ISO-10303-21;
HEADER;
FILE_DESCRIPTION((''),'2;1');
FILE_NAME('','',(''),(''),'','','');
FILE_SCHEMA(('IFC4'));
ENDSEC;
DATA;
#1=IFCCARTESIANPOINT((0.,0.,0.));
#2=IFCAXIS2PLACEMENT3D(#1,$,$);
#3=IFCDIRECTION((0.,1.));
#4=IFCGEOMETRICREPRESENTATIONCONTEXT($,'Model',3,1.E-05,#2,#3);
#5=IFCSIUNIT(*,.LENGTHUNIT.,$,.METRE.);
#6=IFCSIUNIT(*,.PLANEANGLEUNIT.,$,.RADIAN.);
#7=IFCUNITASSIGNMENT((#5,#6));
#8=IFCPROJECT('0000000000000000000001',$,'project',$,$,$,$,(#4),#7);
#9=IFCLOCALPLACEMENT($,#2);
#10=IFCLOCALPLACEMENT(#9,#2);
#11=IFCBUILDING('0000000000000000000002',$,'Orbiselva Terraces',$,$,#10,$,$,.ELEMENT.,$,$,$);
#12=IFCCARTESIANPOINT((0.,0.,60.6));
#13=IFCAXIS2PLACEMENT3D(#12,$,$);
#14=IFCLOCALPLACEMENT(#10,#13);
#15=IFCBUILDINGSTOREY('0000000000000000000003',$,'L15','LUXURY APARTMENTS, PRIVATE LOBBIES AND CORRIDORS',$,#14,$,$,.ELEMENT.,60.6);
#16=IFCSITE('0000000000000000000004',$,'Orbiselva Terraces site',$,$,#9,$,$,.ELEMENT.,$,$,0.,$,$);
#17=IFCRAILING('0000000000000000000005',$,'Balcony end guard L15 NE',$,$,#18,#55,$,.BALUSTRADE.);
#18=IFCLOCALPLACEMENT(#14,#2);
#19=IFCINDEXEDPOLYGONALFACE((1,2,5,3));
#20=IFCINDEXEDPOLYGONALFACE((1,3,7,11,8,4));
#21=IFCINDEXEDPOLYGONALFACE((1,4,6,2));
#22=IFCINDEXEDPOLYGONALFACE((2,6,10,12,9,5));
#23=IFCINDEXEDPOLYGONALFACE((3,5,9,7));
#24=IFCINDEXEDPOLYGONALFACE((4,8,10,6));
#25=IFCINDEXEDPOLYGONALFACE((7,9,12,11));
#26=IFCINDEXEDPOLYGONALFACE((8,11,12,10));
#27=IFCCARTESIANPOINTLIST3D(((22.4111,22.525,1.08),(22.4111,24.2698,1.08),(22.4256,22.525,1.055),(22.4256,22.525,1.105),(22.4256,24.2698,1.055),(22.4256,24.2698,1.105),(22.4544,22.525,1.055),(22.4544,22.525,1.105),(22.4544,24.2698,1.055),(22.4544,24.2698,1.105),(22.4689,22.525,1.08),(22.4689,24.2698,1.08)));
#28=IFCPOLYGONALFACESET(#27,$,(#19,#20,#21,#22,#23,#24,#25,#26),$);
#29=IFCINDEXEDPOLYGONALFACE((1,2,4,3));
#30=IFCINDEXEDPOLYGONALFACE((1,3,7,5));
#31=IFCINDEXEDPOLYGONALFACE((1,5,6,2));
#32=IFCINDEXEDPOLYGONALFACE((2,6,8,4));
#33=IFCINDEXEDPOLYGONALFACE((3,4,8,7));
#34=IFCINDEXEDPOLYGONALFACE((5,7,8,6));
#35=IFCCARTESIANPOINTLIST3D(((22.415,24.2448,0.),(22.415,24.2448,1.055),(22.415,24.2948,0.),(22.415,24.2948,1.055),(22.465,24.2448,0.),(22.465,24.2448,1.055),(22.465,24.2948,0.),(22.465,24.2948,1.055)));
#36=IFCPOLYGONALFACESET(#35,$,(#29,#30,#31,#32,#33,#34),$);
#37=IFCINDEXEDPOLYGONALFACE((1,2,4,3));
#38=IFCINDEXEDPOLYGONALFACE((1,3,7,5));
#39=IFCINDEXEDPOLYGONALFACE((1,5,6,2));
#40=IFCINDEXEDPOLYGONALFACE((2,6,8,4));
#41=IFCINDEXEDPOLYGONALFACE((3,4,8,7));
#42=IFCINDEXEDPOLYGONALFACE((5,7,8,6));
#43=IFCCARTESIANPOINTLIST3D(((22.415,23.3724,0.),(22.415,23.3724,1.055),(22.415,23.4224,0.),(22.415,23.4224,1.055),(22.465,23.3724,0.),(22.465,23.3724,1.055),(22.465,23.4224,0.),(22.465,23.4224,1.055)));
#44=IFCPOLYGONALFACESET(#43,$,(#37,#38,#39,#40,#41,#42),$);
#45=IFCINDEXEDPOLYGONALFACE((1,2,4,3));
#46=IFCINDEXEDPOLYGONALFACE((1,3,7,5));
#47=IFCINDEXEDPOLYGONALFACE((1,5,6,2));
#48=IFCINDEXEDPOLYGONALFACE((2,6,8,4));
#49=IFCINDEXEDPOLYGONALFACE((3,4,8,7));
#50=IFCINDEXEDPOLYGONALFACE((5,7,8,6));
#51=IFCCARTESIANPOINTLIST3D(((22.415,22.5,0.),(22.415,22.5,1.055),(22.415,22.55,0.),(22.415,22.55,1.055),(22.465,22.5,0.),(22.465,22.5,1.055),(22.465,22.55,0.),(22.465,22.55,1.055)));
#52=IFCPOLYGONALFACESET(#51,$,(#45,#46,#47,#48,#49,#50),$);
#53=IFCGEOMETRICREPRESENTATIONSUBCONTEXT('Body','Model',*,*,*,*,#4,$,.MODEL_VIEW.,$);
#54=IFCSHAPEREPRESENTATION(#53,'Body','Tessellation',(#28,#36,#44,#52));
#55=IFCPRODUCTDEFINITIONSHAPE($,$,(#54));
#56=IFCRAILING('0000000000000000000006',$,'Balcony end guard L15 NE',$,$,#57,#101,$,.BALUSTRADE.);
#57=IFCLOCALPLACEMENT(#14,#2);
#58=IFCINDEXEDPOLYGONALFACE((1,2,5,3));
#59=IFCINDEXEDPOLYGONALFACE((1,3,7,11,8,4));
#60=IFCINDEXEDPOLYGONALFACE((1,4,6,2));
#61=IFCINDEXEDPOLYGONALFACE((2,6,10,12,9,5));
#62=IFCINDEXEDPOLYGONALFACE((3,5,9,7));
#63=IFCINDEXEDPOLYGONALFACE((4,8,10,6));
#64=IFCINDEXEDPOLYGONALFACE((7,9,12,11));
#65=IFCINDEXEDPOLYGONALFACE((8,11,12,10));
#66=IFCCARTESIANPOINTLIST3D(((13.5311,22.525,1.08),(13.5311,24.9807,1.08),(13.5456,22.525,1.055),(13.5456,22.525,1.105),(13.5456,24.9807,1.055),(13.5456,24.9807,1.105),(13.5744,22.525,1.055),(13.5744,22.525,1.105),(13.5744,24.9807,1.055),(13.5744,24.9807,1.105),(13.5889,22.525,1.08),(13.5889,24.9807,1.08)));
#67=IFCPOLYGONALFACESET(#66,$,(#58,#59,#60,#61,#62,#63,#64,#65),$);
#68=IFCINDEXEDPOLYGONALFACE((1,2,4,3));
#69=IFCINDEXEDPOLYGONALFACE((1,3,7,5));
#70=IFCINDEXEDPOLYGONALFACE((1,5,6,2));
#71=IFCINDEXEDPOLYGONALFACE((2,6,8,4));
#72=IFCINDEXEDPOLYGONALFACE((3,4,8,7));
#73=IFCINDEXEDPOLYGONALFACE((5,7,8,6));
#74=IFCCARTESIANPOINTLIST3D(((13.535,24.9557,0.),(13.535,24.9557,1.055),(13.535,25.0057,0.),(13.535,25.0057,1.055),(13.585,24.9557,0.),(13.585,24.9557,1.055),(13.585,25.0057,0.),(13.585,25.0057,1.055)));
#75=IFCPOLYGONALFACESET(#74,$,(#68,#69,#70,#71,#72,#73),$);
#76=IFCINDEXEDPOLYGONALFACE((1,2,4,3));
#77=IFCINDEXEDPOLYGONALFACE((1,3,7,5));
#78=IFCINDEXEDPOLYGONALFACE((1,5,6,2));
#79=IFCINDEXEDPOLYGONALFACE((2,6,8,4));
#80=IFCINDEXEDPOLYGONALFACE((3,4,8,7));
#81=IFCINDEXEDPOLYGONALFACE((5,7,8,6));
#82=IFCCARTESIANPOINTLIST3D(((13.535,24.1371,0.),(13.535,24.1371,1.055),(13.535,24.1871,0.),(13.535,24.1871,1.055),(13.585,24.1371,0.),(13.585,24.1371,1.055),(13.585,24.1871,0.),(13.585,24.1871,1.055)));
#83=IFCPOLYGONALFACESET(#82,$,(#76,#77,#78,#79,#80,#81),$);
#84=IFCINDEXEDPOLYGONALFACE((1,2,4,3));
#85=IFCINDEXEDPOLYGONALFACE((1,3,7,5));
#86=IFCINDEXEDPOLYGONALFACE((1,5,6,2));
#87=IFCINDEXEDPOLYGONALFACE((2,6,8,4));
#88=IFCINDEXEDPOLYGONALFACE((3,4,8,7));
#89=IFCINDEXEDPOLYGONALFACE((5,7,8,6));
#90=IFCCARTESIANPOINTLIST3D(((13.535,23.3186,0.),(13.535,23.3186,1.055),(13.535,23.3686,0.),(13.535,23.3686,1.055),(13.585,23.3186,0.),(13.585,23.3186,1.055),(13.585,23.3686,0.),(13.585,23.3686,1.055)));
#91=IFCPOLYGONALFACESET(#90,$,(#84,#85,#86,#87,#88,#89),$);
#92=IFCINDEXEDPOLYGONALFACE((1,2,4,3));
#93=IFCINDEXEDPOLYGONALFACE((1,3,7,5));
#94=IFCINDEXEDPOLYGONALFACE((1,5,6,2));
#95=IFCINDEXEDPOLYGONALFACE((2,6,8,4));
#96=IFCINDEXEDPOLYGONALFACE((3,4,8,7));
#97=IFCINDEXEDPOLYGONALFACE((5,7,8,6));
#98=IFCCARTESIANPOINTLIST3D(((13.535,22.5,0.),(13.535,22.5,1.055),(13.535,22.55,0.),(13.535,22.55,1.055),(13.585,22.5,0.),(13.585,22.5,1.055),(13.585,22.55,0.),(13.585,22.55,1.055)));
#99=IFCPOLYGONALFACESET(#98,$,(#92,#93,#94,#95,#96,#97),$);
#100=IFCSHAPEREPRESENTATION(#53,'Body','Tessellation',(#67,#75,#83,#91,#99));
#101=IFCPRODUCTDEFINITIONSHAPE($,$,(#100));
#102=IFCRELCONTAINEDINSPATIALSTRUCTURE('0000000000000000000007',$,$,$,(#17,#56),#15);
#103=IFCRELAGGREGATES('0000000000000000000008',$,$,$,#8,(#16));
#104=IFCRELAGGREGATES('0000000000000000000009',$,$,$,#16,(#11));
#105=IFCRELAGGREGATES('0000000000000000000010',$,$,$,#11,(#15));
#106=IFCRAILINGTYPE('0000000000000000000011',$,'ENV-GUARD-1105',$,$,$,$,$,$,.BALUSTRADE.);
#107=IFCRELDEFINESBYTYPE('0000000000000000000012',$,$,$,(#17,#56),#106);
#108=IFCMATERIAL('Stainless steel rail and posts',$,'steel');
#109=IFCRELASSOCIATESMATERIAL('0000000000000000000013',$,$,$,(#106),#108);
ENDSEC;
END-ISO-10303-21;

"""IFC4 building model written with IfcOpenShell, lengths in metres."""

from ifc_helpers import new_model, si_unit, direction, frame, origin, origin_2d, place, context, subcontext, project, spatial, polyline, rectangle, outline, extrude, material, type_object, element, save


model = new_model("IFC4")

# Units and contexts
model_context = context("Model", 3, precision=1e-05, world=origin(), true_north=direction((0.0, 1.0)))
body_context = subcontext(model_context, "Body", "Model", "MODEL_VIEW")
ifc_project = project(units=[si_unit("LENGTHUNIT", "METRE"), si_unit("PLANEANGLEUNIT", "RADIAN")], contexts=[model_context])

# Site, building, storey
site_placement = place(None, origin())
site = spatial("IfcSite", under=ifc_project, at=site_placement, Name="Orbiselva Terraces site", CompositionType="ELEMENT", RefElevation=0.0)
building_placement = place(site_placement, origin())
building = spatial("IfcBuilding", under=site, at=building_placement, Name="Orbiselva Terraces", CompositionType="ELEMENT")
storey_placement = place(building_placement, frame((0.0, 0.0, 60.6)))
storey = spatial("IfcBuildingStorey", under=building, at=storey_placement, Name="L15", Description="LUXURY APARTMENTS, PRIVATE LOBBIES AND CORRIDORS", CompositionType="ELEMENT", Elevation=60.6)

# Railings
ifc_material_1 = material(Name="Stainless steel rail and posts", Category="steel")
railing_type_1 = type_object("IfcRailingType", Name="ENV-GUARD-1105", PredefinedType="BALUSTRADE", material=ifc_material_1)
railing_1_placement = place(storey_placement, frame((22.44, 24.2698, 0.0)))
element("IfcRailing", 1, at=railing_1_placement, inside=storey, type_object=railing_type_1, Name="Balcony end guard L15 NE", PredefinedType="BALUSTRADE", context=body_context, shape_type="SweptSolid", body=[
    extrude(outline(polyline([(0.0289, 0.0), (0.0144, 0.025), (-0.0144, 0.025), (-0.0289, 0.0), (-0.0144, -0.025), (0.0144, -0.025), (0.0289, 0.0)])), frame((0.0, 0.0, 1.08), z_axis=(0.0, -1.0, 0.0), x_axis=(1.0, 0.0, 0.0)), (0.0, 0.0, 1.0), 1.7448),
    extrude(rectangle(XDim=0.05, YDim=0.05, at=origin_2d()), origin(), (0.0, 0.0, 1.0), 1.055),
    extrude(rectangle(XDim=0.05, YDim=0.05, at=origin_2d()), frame((0.0, -0.8724, 0.0)), (0.0, 0.0, 1.0), 1.055),
    extrude(rectangle(XDim=0.05, YDim=0.05, at=origin_2d()), frame((0.0, -1.7448, 0.0)), (0.0, 0.0, 1.0), 1.055),
])
railing_2_placement = place(storey_placement, frame((13.56, 24.9807, 0.0)))
element("IfcRailing", 2, at=railing_2_placement, inside=storey, type_object=railing_type_1, Name="Balcony end guard L15 NE", PredefinedType="BALUSTRADE", context=body_context, shape_type="SweptSolid", body=[
    extrude(outline(polyline([(0.0289, 0.0), (0.0144, 0.025), (-0.0144, 0.025), (-0.0289, 0.0), (-0.0144, -0.025), (0.0144, -0.025), (0.0289, 0.0)])), frame((0.0, 0.0, 1.08), z_axis=(0.0, -1.0, 0.0), x_axis=(1.0, 0.0, 0.0)), (0.0, 0.0, 1.0), 2.4557),
    extrude(rectangle(XDim=0.05, YDim=0.05, at=origin_2d()), origin(), (0.0, 0.0, 1.0), 1.055),
    extrude(rectangle(XDim=0.05, YDim=0.05, at=origin_2d()), frame((0.0, -0.8186, 0.0)), (0.0, 0.0, 1.0), 1.055),
    extrude(rectangle(XDim=0.05, YDim=0.05, at=origin_2d()), frame((0.0, -1.6371, 0.0)), (0.0, 0.0, 1.0), 1.055),
    extrude(rectangle(XDim=0.05, YDim=0.05, at=origin_2d()), frame((0.0, -2.4557, 0.0)), (0.0, 0.0, 1.0), 1.055),
])

save(model, "model.ifc")
